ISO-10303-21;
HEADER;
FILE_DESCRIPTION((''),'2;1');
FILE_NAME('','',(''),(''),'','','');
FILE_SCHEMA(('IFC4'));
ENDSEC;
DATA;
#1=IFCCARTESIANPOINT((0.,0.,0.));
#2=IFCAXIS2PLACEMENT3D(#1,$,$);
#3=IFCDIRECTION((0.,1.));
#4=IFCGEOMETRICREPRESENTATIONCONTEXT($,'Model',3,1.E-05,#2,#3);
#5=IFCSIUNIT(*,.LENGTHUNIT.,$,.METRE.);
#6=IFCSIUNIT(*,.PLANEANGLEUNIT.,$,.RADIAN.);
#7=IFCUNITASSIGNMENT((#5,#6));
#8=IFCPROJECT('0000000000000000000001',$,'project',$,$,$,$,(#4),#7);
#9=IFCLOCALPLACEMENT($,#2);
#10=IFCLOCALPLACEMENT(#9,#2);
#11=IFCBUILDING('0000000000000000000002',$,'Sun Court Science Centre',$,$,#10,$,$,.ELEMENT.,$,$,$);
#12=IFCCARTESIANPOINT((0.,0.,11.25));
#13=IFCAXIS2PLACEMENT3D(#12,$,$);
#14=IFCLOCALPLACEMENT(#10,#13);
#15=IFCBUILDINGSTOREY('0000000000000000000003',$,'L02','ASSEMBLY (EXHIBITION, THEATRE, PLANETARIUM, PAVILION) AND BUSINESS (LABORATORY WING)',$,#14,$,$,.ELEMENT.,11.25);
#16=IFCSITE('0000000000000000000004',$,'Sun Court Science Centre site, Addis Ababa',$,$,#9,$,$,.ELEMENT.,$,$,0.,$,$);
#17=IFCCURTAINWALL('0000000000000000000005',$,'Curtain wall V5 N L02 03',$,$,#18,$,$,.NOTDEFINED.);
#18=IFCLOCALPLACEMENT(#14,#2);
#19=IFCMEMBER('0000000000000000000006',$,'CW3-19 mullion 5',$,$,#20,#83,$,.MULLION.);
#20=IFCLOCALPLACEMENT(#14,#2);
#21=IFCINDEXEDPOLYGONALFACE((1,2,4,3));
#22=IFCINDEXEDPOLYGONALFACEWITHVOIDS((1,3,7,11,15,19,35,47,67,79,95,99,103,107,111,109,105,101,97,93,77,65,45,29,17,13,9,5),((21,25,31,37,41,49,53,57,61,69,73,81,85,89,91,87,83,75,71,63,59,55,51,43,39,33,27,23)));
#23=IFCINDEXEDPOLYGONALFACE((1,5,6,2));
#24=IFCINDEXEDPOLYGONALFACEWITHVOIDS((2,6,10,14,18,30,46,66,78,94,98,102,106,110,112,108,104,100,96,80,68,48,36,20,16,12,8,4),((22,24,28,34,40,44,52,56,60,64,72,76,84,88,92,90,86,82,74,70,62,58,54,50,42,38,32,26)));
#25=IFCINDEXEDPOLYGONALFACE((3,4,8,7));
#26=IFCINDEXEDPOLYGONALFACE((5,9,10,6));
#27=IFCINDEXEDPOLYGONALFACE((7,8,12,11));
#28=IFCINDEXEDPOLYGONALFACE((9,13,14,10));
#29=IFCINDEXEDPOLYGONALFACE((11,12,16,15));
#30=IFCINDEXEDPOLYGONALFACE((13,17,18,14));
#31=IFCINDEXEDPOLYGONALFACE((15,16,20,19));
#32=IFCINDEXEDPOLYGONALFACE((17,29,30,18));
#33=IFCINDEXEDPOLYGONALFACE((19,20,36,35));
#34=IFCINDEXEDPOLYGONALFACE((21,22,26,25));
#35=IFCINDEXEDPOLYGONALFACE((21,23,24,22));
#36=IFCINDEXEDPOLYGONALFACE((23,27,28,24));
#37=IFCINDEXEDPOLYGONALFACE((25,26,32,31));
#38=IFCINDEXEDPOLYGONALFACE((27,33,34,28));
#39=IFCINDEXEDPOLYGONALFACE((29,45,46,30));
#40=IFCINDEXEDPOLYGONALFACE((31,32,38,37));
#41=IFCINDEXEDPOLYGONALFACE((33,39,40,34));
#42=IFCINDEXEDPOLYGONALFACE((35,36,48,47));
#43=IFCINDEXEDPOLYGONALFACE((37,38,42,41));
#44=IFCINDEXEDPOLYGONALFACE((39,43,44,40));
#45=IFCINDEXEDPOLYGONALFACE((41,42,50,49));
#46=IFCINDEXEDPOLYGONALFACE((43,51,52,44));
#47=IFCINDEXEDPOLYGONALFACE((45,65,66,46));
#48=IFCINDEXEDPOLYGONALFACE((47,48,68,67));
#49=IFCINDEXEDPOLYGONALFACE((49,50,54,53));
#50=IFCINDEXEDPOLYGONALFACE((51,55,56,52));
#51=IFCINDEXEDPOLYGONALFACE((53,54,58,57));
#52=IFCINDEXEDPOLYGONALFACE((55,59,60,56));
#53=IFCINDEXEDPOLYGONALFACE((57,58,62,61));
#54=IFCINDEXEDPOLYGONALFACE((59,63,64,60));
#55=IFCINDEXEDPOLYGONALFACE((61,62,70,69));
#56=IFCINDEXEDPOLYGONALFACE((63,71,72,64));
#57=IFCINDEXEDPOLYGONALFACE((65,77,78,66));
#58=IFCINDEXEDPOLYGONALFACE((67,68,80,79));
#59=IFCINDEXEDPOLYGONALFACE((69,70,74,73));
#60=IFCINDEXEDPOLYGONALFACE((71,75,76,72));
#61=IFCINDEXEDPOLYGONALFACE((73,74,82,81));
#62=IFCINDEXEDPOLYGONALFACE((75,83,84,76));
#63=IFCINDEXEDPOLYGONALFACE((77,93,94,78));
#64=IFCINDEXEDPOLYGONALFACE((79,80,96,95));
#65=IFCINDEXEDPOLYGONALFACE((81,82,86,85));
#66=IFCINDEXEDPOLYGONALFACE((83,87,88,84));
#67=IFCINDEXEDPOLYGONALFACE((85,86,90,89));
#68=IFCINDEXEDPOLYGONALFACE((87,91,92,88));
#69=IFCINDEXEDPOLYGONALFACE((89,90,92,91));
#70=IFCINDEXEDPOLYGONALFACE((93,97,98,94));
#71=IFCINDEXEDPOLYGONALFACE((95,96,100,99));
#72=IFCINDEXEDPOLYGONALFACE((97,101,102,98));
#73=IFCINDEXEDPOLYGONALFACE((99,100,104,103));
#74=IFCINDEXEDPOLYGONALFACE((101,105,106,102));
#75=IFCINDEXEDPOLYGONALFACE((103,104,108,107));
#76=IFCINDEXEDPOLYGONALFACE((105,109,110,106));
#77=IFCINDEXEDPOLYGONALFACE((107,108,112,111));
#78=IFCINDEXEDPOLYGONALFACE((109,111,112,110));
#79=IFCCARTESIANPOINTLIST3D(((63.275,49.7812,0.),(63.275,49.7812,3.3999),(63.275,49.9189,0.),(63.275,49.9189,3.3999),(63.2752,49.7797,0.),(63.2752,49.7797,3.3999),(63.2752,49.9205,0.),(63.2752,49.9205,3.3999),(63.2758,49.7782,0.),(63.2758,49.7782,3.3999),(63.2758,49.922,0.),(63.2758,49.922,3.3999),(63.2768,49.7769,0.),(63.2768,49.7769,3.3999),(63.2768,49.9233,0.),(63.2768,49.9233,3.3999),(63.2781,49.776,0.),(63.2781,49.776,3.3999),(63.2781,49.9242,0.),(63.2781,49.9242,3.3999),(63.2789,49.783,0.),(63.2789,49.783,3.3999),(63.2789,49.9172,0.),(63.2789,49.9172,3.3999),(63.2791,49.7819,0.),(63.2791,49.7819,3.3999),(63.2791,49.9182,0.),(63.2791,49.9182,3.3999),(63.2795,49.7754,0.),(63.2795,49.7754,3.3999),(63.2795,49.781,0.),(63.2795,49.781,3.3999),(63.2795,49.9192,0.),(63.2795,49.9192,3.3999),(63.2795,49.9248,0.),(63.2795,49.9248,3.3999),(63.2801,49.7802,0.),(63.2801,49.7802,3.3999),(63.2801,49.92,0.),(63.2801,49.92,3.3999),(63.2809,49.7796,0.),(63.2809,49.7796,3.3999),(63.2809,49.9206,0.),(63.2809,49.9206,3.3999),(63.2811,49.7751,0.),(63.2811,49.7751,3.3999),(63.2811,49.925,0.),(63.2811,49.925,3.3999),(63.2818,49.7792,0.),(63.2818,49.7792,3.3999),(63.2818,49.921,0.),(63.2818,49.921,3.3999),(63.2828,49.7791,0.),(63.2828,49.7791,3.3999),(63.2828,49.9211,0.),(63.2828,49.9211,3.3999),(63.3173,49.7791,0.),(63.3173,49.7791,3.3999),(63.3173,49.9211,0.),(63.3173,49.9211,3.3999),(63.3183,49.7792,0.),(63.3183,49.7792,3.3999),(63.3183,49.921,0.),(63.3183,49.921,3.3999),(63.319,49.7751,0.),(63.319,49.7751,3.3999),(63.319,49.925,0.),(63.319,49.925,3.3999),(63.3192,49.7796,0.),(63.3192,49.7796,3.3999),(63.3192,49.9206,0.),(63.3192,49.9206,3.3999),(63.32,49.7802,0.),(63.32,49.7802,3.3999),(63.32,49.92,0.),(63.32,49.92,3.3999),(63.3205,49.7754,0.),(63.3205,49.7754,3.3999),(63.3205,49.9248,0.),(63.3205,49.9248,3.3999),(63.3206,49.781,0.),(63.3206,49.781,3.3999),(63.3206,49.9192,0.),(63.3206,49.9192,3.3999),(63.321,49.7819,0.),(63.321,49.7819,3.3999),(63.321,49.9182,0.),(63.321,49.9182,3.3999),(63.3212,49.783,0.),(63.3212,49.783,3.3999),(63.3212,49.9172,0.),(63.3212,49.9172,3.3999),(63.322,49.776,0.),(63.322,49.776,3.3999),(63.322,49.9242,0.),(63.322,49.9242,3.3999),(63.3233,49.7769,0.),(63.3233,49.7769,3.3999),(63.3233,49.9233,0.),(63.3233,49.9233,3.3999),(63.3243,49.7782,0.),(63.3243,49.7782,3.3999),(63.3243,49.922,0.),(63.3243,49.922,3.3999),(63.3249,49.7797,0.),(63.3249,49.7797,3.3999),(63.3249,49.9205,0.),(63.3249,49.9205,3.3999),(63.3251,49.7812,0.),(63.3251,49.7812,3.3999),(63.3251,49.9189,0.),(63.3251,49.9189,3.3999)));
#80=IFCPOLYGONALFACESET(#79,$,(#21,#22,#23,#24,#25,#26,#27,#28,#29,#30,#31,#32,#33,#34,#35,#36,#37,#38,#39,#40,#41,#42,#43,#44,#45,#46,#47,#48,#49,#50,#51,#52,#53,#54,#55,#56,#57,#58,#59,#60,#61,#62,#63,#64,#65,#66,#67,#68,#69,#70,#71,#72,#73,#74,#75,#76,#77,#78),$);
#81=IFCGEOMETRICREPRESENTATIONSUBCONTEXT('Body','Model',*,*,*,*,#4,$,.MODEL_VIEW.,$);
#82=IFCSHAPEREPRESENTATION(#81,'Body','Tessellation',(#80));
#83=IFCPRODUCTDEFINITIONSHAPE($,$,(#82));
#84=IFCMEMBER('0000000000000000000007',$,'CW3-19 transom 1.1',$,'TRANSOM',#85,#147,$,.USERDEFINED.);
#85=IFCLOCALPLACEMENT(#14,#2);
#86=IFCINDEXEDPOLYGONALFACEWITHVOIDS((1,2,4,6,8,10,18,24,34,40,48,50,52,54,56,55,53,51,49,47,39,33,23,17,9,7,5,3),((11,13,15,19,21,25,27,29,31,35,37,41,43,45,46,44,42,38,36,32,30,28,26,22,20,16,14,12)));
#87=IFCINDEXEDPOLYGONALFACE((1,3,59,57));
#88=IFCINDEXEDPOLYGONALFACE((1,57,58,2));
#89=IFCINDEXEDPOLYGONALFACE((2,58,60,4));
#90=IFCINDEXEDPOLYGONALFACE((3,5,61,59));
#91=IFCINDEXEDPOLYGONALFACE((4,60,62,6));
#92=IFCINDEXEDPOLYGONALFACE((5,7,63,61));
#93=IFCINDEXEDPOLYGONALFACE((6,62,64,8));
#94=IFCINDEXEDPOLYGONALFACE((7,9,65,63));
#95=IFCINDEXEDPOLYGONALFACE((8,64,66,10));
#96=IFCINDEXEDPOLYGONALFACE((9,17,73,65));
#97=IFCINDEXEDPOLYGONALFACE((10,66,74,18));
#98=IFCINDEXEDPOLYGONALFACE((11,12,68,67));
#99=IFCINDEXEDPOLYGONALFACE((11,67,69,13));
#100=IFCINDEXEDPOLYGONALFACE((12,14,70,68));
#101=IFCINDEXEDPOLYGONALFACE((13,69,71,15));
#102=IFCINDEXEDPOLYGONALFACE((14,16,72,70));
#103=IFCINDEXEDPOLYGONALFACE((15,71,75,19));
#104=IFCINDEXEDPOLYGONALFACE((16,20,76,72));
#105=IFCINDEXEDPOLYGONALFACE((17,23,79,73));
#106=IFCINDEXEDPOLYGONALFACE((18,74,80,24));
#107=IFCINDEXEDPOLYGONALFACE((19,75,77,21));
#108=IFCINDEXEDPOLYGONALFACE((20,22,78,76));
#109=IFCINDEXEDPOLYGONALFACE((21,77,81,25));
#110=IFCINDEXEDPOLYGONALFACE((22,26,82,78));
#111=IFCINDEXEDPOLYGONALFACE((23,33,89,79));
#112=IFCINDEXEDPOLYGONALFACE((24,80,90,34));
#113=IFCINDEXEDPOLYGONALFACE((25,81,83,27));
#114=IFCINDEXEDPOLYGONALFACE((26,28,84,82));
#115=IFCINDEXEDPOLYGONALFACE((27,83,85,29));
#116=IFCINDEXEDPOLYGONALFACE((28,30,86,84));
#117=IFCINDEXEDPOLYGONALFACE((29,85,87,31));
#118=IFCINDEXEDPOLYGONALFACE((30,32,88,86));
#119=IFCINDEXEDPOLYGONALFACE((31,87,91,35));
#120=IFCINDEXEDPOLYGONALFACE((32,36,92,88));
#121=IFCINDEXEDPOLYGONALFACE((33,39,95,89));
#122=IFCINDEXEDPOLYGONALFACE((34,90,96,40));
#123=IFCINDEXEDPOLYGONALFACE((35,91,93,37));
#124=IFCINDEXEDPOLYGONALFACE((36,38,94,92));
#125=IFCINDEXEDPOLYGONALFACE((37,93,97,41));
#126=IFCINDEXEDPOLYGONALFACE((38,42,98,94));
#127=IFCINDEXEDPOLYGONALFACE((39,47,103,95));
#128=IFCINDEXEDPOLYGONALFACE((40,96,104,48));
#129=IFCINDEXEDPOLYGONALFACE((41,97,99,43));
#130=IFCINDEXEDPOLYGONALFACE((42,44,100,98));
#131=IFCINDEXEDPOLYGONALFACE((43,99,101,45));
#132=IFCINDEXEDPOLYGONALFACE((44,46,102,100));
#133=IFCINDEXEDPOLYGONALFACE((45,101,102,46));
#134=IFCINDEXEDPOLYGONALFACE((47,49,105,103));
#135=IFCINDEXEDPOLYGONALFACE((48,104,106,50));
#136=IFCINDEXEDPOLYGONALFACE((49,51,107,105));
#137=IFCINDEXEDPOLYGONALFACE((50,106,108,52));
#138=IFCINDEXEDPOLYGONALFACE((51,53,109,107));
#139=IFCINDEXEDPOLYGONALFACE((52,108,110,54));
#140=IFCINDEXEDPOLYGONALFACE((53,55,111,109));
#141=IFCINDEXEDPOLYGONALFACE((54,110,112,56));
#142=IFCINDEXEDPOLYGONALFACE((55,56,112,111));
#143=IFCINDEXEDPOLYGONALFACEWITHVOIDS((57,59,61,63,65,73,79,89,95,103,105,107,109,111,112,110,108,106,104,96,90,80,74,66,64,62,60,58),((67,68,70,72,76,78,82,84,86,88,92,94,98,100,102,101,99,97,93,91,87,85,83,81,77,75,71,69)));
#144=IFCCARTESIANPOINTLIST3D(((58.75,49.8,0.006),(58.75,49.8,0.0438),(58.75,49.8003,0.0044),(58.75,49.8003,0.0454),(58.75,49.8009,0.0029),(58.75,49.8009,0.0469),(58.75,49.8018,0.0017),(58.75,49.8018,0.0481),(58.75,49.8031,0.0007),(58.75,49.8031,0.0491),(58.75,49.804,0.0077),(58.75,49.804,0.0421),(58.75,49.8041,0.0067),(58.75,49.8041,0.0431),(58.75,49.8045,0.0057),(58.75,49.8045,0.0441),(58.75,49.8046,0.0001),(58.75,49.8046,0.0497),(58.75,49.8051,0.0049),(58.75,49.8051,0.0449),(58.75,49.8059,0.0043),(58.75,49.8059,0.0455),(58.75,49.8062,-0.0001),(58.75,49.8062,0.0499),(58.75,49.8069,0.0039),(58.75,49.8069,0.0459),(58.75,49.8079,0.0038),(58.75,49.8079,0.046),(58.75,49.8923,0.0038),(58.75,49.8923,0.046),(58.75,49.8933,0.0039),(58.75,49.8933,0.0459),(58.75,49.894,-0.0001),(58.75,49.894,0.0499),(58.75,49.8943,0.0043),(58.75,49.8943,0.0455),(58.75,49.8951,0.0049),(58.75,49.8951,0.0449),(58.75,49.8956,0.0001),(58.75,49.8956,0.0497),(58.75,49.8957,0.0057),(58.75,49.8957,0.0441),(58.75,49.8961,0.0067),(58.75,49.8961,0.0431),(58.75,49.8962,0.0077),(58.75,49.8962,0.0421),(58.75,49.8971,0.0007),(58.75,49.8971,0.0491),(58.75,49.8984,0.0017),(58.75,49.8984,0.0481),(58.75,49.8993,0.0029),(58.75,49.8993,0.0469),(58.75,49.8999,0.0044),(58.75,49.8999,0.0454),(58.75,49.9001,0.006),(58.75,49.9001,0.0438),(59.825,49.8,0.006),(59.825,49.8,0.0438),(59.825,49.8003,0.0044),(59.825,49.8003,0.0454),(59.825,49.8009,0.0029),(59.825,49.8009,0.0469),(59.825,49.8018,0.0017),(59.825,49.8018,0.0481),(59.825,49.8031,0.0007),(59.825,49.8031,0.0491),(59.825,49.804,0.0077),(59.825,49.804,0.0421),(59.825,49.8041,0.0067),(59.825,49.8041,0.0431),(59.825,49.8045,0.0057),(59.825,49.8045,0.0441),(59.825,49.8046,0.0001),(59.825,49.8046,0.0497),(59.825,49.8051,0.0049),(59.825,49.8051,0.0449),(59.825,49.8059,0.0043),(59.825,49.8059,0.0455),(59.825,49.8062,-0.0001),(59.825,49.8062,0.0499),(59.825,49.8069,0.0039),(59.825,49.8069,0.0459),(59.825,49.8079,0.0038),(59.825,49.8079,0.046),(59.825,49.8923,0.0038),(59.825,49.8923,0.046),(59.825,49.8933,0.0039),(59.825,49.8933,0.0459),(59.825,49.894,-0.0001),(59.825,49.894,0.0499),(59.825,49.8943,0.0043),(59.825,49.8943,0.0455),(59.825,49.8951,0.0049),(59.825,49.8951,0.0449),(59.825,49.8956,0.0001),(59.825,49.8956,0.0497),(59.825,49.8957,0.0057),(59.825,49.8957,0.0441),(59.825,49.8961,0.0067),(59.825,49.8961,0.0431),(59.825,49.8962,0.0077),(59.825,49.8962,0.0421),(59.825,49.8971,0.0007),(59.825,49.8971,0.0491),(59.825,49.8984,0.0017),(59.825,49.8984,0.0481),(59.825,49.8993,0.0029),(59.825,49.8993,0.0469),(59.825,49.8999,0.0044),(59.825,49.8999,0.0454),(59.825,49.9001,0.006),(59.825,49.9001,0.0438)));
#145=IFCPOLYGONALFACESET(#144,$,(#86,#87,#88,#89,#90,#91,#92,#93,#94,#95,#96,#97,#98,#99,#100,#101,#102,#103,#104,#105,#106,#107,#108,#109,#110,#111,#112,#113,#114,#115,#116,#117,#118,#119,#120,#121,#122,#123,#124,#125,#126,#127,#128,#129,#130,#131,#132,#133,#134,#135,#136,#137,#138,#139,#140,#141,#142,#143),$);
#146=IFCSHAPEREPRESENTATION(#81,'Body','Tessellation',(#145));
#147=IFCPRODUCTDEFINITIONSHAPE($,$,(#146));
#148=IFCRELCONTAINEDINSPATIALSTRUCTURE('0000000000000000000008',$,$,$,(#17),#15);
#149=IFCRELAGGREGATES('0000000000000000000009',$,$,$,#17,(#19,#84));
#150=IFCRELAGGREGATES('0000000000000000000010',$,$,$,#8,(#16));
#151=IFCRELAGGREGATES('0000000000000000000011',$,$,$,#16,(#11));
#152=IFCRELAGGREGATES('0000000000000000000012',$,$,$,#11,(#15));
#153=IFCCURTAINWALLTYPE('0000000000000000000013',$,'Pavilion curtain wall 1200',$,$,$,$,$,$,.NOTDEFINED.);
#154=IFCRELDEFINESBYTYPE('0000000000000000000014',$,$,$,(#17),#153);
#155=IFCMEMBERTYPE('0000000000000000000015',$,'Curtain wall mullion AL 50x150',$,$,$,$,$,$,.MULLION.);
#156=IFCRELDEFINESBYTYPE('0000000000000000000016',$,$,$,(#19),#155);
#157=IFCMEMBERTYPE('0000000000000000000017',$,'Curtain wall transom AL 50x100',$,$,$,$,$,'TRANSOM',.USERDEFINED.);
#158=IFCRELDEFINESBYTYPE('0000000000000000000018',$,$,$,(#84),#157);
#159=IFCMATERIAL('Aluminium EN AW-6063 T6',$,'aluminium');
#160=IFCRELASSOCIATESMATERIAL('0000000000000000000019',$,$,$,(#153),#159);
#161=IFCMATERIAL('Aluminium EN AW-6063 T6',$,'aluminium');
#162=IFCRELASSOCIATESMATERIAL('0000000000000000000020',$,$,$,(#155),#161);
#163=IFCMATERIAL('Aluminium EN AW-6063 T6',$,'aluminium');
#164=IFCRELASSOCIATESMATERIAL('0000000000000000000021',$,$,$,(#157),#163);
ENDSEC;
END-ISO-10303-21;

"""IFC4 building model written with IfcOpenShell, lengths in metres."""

from ifc_helpers import new_model, si_unit, direction, frame, origin, origin_2d, place, context, subcontext, project, spatial, hollow_rectangle, extrude, material, material_profile, profile_set, type_object, element, aggregate, save


model = new_model("IFC4")

# Units and contexts
model_context = context("Model", 3, precision=1e-05, world=origin(), true_north=direction((0.0, 1.0)))
body_context = subcontext(model_context, "Body", "Model", "MODEL_VIEW")
ifc_project = project(units=[si_unit("LENGTHUNIT", "METRE"), si_unit("PLANEANGLEUNIT", "RADIAN")], contexts=[model_context])

# Site, building, storey
site_placement = place(None, origin())
site = spatial("IfcSite", under=ifc_project, at=site_placement, Name="Sun Court Science Centre site, Addis Ababa", CompositionType="ELEMENT", RefElevation=0.0)
building_placement = place(site_placement, origin())
building = spatial("IfcBuilding", under=site, at=building_placement, Name="Sun Court Science Centre", CompositionType="ELEMENT")
storey_placement = place(building_placement, frame((0.0, 0.0, 11.25)))
storey = spatial("IfcBuildingStorey", under=building, at=storey_placement, Name="L02", Description="ASSEMBLY (EXHIBITION, THEATRE, PLANETARIUM, PAVILION) AND BUSINESS (LABORATORY WING)", CompositionType="ELEMENT", Elevation=11.25)

# Curtain wall, members
ifc_material_1 = material(Name="Aluminium EN AW-6063 T6", Category="aluminium")
curtain_wall_type = type_object("IfcCurtainWallType", Name="Pavilion curtain wall 1200", PredefinedType="NOTDEFINED", material=ifc_material_1)
curtain_wall_placement = place(storey_placement, origin())
curtain_wall = element("IfcCurtainWall", 1, at=curtain_wall_placement, inside=storey, type_object=curtain_wall_type, Name="Curtain wall V5 N L02 03", PredefinedType="NOTDEFINED")
ifc_material_2 = material(Name="Aluminium EN AW-6063 T6", Category="aluminium")
ifc_material_profile_1 = material_profile(ifc_material_2, hollow_rectangle(XDim=0.05, YDim=0.1499, WallThickness=0.0039, InnerFilletRadius=0.0039, OuterFilletRadius=0.0061, at=origin_2d()), Name="AL 50x150x4")
ifc_profile_set_1 = profile_set([ifc_material_profile_1], Name="Aluminium EN AW-6063 T6")
member_type_1 = type_object("IfcMemberType", Name="Curtain wall mullion AL 50x150", PredefinedType="MULLION", material=ifc_profile_set_1)
member_1_placement = place(storey_placement, frame((63.3, 49.8501, 0.0), z_axis=(0.0, 0.0, 1.0), x_axis=(1.0, 0.0, 0.0)))
member_1 = element("IfcMember", 2, at=member_1_placement, type_object=member_type_1, Name="CW3-19 mullion 5", PredefinedType="MULLION", context=body_context, shape_type="SweptSolid", body=[
    extrude(hollow_rectangle(XDim=0.05, YDim=0.1499, WallThickness=0.0039, InnerFilletRadius=0.0039, OuterFilletRadius=0.0061, at=origin_2d()), origin(), (0.0, 0.0, 1.0), 3.3999),
])
ifc_material_3 = material(Name="Aluminium EN AW-6063 T6", Category="aluminium")
ifc_material_profile_2 = material_profile(ifc_material_3, hollow_rectangle(XDim=0.05, YDim=0.1001, WallThickness=0.0039, InnerFilletRadius=0.0039, OuterFilletRadius=0.0061, at=origin_2d()), Name="AL 50x100x4")
ifc_profile_set_2 = profile_set([ifc_material_profile_2], Name="Aluminium EN AW-6063 T6")
member_type_2 = type_object("IfcMemberType", Name="Curtain wall transom AL 50x100", ElementType="TRANSOM", PredefinedType="USERDEFINED", material=ifc_profile_set_2)
member_2_placement = place(storey_placement, frame((58.75, 49.8501, 0.0249), z_axis=(1.0, 0.0, 0.0), x_axis=(0.0, 0.0, 1.0)))
member_2 = element("IfcMember", 3, at=member_2_placement, type_object=member_type_2, Name="CW3-19 transom 1.1", ObjectType="TRANSOM", PredefinedType="USERDEFINED", context=body_context, shape_type="SweptSolid", body=[
    extrude(hollow_rectangle(XDim=0.05, YDim=0.1001, WallThickness=0.0039, InnerFilletRadius=0.0039, OuterFilletRadius=0.0061, at=origin_2d()), origin(), (0.0, 0.0, 1.0), 1.075),
])
aggregate(curtain_wall, [member_1, member_2])

save(model, "model.ifc")
